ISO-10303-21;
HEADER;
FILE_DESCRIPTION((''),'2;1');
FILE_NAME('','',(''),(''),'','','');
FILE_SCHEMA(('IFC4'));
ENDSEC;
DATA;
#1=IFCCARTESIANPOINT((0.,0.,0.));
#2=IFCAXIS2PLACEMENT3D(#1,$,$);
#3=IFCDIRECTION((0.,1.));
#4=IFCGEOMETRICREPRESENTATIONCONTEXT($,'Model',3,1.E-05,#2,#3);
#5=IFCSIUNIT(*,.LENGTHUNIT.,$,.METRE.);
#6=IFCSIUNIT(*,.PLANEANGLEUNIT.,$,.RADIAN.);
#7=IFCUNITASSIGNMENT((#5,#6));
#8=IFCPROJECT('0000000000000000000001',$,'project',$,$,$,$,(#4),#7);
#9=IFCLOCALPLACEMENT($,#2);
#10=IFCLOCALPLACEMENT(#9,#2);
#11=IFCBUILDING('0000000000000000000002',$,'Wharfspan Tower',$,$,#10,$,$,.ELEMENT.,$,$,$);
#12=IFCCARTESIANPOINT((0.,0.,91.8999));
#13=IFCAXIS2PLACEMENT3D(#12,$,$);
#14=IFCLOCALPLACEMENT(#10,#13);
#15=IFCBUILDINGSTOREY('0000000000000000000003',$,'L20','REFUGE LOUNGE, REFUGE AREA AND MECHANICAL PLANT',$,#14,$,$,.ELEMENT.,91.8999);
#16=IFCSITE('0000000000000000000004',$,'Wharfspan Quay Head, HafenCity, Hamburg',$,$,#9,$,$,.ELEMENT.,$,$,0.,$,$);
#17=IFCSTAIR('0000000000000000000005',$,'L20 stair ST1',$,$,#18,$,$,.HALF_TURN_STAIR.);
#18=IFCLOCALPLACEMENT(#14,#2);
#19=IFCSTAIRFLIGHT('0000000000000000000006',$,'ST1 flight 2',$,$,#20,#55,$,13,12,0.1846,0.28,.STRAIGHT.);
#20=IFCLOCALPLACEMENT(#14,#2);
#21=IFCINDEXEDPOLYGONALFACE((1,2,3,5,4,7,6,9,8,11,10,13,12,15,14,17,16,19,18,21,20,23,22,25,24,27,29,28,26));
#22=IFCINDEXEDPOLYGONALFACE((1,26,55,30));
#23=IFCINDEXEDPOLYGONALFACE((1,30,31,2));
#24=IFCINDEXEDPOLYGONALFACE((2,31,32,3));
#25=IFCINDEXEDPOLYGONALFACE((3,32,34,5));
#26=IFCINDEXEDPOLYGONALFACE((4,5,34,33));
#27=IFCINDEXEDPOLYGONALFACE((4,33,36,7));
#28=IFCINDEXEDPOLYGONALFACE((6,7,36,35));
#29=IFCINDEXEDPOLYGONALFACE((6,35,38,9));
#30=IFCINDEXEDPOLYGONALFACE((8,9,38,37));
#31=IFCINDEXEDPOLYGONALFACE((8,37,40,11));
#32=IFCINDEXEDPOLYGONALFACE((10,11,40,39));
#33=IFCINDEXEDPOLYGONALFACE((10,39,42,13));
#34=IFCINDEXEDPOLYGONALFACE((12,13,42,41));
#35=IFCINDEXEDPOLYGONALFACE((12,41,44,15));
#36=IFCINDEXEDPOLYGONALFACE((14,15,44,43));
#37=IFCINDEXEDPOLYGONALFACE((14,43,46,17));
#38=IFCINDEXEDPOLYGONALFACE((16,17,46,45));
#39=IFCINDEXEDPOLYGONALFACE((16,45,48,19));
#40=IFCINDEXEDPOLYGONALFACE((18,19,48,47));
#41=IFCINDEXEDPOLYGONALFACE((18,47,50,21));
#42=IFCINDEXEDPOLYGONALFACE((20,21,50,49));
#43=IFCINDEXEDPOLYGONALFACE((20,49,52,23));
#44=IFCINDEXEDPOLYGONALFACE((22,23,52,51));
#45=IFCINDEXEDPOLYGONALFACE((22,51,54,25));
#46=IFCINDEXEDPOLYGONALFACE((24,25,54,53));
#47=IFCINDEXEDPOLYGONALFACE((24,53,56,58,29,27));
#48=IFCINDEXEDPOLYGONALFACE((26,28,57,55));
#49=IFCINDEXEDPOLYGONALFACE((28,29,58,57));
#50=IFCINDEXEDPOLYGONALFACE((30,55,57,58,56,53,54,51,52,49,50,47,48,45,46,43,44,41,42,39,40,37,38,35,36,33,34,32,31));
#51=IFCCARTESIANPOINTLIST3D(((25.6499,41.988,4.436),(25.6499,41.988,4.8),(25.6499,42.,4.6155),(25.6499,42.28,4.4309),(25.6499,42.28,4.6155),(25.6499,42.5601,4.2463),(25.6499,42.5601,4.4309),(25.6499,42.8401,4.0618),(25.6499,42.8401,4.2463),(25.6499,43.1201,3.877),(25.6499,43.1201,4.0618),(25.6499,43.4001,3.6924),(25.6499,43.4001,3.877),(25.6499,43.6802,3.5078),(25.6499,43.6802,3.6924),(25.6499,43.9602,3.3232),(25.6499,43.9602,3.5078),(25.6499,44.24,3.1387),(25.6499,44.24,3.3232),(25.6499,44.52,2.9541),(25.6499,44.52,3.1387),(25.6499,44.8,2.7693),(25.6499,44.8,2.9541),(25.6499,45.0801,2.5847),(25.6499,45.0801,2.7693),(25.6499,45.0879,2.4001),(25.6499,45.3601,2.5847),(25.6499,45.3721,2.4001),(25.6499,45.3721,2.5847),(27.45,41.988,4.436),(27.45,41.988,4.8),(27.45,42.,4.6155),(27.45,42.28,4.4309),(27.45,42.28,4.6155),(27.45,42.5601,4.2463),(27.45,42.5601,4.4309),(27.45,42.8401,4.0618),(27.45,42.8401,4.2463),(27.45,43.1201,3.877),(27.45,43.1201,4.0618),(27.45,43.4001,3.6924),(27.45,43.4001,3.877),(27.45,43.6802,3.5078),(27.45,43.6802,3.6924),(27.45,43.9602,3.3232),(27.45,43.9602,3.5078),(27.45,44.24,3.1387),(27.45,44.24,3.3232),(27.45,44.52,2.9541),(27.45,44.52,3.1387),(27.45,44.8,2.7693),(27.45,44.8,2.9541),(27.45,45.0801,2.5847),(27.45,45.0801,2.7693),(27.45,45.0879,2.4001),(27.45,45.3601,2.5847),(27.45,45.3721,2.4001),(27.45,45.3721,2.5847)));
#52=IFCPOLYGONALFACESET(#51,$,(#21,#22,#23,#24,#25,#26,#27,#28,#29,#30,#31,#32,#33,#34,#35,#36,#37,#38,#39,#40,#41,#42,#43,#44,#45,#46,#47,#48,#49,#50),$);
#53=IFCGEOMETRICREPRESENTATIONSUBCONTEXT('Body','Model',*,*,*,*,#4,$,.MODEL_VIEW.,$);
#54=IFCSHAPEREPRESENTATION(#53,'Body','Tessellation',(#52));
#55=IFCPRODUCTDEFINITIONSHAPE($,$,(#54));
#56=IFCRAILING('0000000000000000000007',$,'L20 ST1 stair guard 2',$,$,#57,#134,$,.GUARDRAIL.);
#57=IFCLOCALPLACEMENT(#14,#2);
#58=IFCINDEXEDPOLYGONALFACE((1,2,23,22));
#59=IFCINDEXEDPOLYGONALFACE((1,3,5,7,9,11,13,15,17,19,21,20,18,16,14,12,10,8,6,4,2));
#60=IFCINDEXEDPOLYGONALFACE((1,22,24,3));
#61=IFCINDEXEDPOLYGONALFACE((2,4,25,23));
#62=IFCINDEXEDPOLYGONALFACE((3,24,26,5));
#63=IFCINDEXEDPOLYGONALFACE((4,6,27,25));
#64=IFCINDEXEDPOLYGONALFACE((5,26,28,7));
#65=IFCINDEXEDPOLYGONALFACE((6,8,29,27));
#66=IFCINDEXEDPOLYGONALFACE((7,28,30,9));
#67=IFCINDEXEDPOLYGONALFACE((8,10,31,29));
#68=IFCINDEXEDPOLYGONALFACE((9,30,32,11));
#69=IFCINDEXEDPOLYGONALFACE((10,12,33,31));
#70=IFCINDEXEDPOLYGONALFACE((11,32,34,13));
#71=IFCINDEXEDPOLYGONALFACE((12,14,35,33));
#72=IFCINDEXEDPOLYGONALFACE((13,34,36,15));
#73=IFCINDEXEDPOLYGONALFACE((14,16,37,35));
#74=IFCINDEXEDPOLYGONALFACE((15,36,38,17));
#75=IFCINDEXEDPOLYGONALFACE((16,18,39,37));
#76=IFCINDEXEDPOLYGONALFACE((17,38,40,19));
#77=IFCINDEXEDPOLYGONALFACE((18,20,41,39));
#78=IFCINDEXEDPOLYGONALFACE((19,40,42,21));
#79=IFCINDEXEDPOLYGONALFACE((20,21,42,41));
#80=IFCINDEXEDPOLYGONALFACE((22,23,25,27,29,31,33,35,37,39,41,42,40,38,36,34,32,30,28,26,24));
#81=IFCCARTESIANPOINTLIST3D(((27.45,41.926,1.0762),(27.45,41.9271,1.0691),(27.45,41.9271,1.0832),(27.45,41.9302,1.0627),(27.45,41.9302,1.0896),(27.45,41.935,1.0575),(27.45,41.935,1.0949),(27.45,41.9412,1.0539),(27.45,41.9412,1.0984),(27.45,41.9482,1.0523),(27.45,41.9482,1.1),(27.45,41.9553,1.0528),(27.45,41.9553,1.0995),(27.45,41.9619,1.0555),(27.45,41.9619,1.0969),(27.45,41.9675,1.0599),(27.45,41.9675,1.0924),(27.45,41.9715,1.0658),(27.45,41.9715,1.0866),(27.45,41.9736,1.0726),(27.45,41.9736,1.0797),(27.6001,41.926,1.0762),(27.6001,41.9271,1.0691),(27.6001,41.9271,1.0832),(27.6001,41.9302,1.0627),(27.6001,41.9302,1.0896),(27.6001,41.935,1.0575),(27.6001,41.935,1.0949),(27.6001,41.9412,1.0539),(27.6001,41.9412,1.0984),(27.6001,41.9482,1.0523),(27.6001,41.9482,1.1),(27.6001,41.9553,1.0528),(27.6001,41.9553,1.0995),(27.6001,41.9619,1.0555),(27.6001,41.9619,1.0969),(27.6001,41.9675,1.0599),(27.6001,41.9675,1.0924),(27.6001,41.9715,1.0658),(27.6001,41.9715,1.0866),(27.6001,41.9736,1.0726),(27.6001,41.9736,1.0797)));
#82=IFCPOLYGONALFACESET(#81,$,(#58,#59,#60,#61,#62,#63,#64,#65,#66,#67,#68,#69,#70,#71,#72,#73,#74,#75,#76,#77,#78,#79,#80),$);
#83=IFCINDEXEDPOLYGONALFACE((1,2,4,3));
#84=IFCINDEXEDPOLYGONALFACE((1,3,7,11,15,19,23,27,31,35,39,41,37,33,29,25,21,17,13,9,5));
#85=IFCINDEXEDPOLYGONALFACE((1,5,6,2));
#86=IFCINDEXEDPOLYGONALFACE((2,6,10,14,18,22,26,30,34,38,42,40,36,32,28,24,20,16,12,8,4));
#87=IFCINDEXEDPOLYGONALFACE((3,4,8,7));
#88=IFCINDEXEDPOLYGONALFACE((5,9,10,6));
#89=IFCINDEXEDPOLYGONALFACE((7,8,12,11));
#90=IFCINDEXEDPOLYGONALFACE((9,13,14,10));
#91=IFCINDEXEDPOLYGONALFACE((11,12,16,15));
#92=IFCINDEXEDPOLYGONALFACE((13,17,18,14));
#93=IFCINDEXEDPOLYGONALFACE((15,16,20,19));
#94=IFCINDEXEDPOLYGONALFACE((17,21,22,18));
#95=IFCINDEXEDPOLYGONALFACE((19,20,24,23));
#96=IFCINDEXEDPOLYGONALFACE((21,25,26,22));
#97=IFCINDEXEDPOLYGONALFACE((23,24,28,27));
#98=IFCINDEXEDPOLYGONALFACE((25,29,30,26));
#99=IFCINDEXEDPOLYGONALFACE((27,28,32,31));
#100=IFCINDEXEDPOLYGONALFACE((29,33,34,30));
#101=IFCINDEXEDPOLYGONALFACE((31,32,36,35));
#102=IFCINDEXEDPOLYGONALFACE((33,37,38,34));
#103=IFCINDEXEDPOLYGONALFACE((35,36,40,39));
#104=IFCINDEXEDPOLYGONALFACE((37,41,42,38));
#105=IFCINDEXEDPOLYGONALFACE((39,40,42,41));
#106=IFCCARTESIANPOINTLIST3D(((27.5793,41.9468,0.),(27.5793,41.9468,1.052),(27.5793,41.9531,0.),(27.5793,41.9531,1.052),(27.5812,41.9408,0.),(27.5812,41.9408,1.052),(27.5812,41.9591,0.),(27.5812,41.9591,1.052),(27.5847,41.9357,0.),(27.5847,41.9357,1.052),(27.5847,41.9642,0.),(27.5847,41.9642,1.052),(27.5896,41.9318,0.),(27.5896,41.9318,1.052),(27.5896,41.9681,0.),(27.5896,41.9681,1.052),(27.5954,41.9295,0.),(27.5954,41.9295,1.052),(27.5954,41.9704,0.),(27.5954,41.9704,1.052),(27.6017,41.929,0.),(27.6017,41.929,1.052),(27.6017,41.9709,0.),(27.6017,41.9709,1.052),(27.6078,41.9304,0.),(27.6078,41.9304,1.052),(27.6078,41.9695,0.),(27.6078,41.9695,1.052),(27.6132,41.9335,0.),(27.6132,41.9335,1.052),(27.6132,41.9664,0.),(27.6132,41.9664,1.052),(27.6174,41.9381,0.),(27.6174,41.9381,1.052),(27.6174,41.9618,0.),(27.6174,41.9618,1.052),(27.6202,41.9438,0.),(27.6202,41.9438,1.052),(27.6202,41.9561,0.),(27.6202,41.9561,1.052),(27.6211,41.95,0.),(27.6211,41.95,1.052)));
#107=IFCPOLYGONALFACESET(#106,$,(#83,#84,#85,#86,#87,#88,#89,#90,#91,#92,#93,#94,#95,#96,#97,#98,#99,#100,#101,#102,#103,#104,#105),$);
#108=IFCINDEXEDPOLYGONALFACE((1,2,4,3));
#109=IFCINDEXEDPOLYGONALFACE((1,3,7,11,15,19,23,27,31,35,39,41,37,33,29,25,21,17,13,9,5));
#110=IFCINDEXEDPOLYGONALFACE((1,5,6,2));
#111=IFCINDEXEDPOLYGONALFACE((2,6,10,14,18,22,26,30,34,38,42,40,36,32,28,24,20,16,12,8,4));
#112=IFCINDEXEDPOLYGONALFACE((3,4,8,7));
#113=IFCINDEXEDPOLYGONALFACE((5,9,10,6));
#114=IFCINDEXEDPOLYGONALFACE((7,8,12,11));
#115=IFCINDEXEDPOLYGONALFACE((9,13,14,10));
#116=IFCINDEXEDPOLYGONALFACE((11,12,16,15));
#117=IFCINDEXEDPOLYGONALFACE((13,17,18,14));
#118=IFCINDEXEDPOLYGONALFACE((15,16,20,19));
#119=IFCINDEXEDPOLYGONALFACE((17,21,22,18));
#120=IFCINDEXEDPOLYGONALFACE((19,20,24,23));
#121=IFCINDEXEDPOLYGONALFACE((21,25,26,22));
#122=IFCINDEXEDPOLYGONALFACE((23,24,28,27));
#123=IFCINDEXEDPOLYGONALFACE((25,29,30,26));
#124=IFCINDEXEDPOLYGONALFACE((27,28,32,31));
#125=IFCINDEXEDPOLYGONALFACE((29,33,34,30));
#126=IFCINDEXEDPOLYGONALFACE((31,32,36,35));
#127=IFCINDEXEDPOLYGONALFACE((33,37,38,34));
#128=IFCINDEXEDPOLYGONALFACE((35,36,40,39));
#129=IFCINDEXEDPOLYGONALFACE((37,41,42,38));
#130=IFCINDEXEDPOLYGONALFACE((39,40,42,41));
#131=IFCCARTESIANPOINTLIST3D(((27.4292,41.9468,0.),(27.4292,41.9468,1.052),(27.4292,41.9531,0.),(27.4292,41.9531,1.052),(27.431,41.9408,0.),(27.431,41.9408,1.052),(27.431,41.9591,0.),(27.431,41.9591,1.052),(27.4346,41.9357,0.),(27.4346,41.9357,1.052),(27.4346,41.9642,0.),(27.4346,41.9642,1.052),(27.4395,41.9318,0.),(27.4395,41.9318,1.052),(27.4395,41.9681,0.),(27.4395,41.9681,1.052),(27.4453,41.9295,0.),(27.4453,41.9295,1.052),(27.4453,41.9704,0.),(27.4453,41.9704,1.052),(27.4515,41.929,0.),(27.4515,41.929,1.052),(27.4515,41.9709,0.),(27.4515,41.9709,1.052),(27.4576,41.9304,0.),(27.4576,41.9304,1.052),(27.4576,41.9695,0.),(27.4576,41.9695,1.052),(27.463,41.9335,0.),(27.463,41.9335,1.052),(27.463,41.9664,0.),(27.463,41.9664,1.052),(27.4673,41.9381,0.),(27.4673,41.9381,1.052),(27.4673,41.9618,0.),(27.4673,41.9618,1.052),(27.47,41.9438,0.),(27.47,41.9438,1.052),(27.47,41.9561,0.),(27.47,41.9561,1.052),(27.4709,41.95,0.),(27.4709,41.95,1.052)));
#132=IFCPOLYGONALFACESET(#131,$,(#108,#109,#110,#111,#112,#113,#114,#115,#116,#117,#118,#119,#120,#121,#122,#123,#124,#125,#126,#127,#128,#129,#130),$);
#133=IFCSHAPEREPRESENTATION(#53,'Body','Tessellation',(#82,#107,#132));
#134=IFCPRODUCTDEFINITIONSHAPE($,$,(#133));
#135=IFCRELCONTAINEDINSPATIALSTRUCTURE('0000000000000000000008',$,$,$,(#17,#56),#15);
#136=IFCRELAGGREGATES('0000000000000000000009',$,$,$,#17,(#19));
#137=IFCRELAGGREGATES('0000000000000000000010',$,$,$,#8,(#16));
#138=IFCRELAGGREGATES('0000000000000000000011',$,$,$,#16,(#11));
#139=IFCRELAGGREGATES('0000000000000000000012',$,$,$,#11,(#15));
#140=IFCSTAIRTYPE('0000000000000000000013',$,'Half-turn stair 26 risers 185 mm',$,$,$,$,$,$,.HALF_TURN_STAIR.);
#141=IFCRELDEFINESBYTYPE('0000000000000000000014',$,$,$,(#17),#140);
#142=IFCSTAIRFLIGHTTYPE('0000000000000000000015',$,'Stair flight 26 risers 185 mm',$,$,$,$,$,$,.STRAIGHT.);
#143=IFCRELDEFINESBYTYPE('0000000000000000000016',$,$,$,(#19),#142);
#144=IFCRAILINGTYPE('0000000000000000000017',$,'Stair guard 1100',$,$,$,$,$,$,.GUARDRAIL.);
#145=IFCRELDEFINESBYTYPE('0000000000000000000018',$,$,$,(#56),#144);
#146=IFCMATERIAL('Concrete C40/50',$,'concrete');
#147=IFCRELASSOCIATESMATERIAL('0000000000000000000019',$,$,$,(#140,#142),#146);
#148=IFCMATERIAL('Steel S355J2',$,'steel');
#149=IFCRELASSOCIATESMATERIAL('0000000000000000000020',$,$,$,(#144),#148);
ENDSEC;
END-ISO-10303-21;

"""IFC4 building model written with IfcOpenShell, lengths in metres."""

from ifc_helpers import new_model, si_unit, direction, frame, origin, origin_2d, place, context, subcontext, project, spatial, polyline, circle, outline, extrude, material, type_object, element, aggregate, save


model = new_model("IFC4")

# Units and contexts
model_context = context("Model", 3, precision=1e-05, world=origin(), true_north=direction((0.0, 1.0)))
body_context = subcontext(model_context, "Body", "Model", "MODEL_VIEW")
ifc_project = project(units=[si_unit("LENGTHUNIT", "METRE"), si_unit("PLANEANGLEUNIT", "RADIAN")], contexts=[model_context])

# Site, building, storey
site_placement = place(None, origin())
site = spatial("IfcSite", under=ifc_project, at=site_placement, Name="Wharfspan Quay Head, HafenCity, Hamburg", CompositionType="ELEMENT", RefElevation=0.0)
building_placement = place(site_placement, origin())
building = spatial("IfcBuilding", under=site, at=building_placement, Name="Wharfspan Tower", CompositionType="ELEMENT")
storey_placement = place(building_placement, frame((0.0, 0.0, 91.8999)))
storey = spatial("IfcBuildingStorey", under=building, at=storey_placement, Name="L20", Description="REFUGE LOUNGE, REFUGE AREA AND MECHANICAL PLANT", CompositionType="ELEMENT", Elevation=91.8999)

# Shared definitions
ifc_material_1 = material(Name="Steel S355J2", Category="steel")

# Shared definitions
ifc_material_2 = material(Name="Concrete C40/50", Category="concrete")

# Stair, stair flight
stair_type = type_object("IfcStairType", Name="Half-turn stair 26 risers 185 mm", PredefinedType="HALF_TURN_STAIR", material=ifc_material_2)
stair_placement = place(storey_placement, origin())
stair = element("IfcStair", 1, at=stair_placement, inside=storey, type_object=stair_type, Name="L20 stair ST1", PredefinedType="HALF_TURN_STAIR")
stair_flight_type = type_object("IfcStairFlightType", Name="Stair flight 26 risers 185 mm", PredefinedType="STRAIGHT", material=ifc_material_2)
stair_flight_1_placement = place(storey_placement, frame((26.55, 45.3601, 2.4001), z_axis=(0.0, 0.0, 1.0), x_axis=(0.0, -1.0, 0.0)))
stair_flight_1 = element("IfcStairFlight", 2, at=stair_flight_1_placement, type_object=stair_flight_type, Name="ST1 flight 2", NumberOfRisers=13, NumberOfTreads=12, PredefinedType="STRAIGHT", RiserHeight=0.1846, TreadLength=0.28, context=body_context, shape_type="SweptSolid", body=[
    extrude(outline(polyline([(-0.012, 0.0), (-0.012, 0.1846), (0.0, 0.1846), (0.28, 0.1846), (0.28, 0.3691), (0.5601, 0.3691), (0.5601, 0.554), (0.8401, 0.554), (0.8401, 0.7385), (1.1201, 0.7385), (1.1201, 0.9231), (1.3999, 0.9231), (1.3999, 1.1077), (1.6799, 1.1077), (1.6799, 1.2922), (1.96, 1.2922), (1.96, 1.4768), (2.24, 1.4768), (2.24, 1.6616), (2.52, 1.6616), (2.52, 1.8462), (2.8, 1.8462), (2.8, 2.0308), (3.0801, 2.0308), (3.0801, 2.2153), (3.3601, 2.2153), (3.3721, 2.3999), (3.3721, 2.0359), (0.2722, 0.0), (-0.012, 0.0)])), frame((0.0, 0.8999, 0.0), z_axis=(0.0, -1.0, 0.0), x_axis=(1.0, 0.0, 0.0)), (0.0, 0.0, 1.0), 1.8),
])
aggregate(stair, [stair_flight_1])

# Railing
railing_type_1 = type_object("IfcRailingType", Name="Stair guard 1100", PredefinedType="GUARDRAIL", material=ifc_material_1)
railing_1_placement = place(storey_placement, frame((27.6001, 41.95, 0.0)))
element("IfcRailing", 3, at=railing_1_placement, inside=storey, type_object=railing_type_1, Name="L20 ST1 stair guard 2", PredefinedType="GUARDRAIL", context=body_context, shape_type="SweptSolid", body=[
    extrude(circle(Radius=0.0239, at=origin_2d()), frame((0.0, 0.0, 1.0762), z_axis=(-1.0, 0.0, 0.0), x_axis=(0.0, -1.0, 0.0)), (0.0, 0.0, 1.0), 0.1501),
    extrude(circle(Radius=0.021, at=origin_2d()), origin(), (0.0, 0.0, 1.0), 1.052),
    extrude(circle(Radius=0.021, at=origin_2d()), frame((-0.1501, 0.0, 0.0)), (0.0, 0.0, 1.0), 1.052),
])

save(model, "model.ifc")
